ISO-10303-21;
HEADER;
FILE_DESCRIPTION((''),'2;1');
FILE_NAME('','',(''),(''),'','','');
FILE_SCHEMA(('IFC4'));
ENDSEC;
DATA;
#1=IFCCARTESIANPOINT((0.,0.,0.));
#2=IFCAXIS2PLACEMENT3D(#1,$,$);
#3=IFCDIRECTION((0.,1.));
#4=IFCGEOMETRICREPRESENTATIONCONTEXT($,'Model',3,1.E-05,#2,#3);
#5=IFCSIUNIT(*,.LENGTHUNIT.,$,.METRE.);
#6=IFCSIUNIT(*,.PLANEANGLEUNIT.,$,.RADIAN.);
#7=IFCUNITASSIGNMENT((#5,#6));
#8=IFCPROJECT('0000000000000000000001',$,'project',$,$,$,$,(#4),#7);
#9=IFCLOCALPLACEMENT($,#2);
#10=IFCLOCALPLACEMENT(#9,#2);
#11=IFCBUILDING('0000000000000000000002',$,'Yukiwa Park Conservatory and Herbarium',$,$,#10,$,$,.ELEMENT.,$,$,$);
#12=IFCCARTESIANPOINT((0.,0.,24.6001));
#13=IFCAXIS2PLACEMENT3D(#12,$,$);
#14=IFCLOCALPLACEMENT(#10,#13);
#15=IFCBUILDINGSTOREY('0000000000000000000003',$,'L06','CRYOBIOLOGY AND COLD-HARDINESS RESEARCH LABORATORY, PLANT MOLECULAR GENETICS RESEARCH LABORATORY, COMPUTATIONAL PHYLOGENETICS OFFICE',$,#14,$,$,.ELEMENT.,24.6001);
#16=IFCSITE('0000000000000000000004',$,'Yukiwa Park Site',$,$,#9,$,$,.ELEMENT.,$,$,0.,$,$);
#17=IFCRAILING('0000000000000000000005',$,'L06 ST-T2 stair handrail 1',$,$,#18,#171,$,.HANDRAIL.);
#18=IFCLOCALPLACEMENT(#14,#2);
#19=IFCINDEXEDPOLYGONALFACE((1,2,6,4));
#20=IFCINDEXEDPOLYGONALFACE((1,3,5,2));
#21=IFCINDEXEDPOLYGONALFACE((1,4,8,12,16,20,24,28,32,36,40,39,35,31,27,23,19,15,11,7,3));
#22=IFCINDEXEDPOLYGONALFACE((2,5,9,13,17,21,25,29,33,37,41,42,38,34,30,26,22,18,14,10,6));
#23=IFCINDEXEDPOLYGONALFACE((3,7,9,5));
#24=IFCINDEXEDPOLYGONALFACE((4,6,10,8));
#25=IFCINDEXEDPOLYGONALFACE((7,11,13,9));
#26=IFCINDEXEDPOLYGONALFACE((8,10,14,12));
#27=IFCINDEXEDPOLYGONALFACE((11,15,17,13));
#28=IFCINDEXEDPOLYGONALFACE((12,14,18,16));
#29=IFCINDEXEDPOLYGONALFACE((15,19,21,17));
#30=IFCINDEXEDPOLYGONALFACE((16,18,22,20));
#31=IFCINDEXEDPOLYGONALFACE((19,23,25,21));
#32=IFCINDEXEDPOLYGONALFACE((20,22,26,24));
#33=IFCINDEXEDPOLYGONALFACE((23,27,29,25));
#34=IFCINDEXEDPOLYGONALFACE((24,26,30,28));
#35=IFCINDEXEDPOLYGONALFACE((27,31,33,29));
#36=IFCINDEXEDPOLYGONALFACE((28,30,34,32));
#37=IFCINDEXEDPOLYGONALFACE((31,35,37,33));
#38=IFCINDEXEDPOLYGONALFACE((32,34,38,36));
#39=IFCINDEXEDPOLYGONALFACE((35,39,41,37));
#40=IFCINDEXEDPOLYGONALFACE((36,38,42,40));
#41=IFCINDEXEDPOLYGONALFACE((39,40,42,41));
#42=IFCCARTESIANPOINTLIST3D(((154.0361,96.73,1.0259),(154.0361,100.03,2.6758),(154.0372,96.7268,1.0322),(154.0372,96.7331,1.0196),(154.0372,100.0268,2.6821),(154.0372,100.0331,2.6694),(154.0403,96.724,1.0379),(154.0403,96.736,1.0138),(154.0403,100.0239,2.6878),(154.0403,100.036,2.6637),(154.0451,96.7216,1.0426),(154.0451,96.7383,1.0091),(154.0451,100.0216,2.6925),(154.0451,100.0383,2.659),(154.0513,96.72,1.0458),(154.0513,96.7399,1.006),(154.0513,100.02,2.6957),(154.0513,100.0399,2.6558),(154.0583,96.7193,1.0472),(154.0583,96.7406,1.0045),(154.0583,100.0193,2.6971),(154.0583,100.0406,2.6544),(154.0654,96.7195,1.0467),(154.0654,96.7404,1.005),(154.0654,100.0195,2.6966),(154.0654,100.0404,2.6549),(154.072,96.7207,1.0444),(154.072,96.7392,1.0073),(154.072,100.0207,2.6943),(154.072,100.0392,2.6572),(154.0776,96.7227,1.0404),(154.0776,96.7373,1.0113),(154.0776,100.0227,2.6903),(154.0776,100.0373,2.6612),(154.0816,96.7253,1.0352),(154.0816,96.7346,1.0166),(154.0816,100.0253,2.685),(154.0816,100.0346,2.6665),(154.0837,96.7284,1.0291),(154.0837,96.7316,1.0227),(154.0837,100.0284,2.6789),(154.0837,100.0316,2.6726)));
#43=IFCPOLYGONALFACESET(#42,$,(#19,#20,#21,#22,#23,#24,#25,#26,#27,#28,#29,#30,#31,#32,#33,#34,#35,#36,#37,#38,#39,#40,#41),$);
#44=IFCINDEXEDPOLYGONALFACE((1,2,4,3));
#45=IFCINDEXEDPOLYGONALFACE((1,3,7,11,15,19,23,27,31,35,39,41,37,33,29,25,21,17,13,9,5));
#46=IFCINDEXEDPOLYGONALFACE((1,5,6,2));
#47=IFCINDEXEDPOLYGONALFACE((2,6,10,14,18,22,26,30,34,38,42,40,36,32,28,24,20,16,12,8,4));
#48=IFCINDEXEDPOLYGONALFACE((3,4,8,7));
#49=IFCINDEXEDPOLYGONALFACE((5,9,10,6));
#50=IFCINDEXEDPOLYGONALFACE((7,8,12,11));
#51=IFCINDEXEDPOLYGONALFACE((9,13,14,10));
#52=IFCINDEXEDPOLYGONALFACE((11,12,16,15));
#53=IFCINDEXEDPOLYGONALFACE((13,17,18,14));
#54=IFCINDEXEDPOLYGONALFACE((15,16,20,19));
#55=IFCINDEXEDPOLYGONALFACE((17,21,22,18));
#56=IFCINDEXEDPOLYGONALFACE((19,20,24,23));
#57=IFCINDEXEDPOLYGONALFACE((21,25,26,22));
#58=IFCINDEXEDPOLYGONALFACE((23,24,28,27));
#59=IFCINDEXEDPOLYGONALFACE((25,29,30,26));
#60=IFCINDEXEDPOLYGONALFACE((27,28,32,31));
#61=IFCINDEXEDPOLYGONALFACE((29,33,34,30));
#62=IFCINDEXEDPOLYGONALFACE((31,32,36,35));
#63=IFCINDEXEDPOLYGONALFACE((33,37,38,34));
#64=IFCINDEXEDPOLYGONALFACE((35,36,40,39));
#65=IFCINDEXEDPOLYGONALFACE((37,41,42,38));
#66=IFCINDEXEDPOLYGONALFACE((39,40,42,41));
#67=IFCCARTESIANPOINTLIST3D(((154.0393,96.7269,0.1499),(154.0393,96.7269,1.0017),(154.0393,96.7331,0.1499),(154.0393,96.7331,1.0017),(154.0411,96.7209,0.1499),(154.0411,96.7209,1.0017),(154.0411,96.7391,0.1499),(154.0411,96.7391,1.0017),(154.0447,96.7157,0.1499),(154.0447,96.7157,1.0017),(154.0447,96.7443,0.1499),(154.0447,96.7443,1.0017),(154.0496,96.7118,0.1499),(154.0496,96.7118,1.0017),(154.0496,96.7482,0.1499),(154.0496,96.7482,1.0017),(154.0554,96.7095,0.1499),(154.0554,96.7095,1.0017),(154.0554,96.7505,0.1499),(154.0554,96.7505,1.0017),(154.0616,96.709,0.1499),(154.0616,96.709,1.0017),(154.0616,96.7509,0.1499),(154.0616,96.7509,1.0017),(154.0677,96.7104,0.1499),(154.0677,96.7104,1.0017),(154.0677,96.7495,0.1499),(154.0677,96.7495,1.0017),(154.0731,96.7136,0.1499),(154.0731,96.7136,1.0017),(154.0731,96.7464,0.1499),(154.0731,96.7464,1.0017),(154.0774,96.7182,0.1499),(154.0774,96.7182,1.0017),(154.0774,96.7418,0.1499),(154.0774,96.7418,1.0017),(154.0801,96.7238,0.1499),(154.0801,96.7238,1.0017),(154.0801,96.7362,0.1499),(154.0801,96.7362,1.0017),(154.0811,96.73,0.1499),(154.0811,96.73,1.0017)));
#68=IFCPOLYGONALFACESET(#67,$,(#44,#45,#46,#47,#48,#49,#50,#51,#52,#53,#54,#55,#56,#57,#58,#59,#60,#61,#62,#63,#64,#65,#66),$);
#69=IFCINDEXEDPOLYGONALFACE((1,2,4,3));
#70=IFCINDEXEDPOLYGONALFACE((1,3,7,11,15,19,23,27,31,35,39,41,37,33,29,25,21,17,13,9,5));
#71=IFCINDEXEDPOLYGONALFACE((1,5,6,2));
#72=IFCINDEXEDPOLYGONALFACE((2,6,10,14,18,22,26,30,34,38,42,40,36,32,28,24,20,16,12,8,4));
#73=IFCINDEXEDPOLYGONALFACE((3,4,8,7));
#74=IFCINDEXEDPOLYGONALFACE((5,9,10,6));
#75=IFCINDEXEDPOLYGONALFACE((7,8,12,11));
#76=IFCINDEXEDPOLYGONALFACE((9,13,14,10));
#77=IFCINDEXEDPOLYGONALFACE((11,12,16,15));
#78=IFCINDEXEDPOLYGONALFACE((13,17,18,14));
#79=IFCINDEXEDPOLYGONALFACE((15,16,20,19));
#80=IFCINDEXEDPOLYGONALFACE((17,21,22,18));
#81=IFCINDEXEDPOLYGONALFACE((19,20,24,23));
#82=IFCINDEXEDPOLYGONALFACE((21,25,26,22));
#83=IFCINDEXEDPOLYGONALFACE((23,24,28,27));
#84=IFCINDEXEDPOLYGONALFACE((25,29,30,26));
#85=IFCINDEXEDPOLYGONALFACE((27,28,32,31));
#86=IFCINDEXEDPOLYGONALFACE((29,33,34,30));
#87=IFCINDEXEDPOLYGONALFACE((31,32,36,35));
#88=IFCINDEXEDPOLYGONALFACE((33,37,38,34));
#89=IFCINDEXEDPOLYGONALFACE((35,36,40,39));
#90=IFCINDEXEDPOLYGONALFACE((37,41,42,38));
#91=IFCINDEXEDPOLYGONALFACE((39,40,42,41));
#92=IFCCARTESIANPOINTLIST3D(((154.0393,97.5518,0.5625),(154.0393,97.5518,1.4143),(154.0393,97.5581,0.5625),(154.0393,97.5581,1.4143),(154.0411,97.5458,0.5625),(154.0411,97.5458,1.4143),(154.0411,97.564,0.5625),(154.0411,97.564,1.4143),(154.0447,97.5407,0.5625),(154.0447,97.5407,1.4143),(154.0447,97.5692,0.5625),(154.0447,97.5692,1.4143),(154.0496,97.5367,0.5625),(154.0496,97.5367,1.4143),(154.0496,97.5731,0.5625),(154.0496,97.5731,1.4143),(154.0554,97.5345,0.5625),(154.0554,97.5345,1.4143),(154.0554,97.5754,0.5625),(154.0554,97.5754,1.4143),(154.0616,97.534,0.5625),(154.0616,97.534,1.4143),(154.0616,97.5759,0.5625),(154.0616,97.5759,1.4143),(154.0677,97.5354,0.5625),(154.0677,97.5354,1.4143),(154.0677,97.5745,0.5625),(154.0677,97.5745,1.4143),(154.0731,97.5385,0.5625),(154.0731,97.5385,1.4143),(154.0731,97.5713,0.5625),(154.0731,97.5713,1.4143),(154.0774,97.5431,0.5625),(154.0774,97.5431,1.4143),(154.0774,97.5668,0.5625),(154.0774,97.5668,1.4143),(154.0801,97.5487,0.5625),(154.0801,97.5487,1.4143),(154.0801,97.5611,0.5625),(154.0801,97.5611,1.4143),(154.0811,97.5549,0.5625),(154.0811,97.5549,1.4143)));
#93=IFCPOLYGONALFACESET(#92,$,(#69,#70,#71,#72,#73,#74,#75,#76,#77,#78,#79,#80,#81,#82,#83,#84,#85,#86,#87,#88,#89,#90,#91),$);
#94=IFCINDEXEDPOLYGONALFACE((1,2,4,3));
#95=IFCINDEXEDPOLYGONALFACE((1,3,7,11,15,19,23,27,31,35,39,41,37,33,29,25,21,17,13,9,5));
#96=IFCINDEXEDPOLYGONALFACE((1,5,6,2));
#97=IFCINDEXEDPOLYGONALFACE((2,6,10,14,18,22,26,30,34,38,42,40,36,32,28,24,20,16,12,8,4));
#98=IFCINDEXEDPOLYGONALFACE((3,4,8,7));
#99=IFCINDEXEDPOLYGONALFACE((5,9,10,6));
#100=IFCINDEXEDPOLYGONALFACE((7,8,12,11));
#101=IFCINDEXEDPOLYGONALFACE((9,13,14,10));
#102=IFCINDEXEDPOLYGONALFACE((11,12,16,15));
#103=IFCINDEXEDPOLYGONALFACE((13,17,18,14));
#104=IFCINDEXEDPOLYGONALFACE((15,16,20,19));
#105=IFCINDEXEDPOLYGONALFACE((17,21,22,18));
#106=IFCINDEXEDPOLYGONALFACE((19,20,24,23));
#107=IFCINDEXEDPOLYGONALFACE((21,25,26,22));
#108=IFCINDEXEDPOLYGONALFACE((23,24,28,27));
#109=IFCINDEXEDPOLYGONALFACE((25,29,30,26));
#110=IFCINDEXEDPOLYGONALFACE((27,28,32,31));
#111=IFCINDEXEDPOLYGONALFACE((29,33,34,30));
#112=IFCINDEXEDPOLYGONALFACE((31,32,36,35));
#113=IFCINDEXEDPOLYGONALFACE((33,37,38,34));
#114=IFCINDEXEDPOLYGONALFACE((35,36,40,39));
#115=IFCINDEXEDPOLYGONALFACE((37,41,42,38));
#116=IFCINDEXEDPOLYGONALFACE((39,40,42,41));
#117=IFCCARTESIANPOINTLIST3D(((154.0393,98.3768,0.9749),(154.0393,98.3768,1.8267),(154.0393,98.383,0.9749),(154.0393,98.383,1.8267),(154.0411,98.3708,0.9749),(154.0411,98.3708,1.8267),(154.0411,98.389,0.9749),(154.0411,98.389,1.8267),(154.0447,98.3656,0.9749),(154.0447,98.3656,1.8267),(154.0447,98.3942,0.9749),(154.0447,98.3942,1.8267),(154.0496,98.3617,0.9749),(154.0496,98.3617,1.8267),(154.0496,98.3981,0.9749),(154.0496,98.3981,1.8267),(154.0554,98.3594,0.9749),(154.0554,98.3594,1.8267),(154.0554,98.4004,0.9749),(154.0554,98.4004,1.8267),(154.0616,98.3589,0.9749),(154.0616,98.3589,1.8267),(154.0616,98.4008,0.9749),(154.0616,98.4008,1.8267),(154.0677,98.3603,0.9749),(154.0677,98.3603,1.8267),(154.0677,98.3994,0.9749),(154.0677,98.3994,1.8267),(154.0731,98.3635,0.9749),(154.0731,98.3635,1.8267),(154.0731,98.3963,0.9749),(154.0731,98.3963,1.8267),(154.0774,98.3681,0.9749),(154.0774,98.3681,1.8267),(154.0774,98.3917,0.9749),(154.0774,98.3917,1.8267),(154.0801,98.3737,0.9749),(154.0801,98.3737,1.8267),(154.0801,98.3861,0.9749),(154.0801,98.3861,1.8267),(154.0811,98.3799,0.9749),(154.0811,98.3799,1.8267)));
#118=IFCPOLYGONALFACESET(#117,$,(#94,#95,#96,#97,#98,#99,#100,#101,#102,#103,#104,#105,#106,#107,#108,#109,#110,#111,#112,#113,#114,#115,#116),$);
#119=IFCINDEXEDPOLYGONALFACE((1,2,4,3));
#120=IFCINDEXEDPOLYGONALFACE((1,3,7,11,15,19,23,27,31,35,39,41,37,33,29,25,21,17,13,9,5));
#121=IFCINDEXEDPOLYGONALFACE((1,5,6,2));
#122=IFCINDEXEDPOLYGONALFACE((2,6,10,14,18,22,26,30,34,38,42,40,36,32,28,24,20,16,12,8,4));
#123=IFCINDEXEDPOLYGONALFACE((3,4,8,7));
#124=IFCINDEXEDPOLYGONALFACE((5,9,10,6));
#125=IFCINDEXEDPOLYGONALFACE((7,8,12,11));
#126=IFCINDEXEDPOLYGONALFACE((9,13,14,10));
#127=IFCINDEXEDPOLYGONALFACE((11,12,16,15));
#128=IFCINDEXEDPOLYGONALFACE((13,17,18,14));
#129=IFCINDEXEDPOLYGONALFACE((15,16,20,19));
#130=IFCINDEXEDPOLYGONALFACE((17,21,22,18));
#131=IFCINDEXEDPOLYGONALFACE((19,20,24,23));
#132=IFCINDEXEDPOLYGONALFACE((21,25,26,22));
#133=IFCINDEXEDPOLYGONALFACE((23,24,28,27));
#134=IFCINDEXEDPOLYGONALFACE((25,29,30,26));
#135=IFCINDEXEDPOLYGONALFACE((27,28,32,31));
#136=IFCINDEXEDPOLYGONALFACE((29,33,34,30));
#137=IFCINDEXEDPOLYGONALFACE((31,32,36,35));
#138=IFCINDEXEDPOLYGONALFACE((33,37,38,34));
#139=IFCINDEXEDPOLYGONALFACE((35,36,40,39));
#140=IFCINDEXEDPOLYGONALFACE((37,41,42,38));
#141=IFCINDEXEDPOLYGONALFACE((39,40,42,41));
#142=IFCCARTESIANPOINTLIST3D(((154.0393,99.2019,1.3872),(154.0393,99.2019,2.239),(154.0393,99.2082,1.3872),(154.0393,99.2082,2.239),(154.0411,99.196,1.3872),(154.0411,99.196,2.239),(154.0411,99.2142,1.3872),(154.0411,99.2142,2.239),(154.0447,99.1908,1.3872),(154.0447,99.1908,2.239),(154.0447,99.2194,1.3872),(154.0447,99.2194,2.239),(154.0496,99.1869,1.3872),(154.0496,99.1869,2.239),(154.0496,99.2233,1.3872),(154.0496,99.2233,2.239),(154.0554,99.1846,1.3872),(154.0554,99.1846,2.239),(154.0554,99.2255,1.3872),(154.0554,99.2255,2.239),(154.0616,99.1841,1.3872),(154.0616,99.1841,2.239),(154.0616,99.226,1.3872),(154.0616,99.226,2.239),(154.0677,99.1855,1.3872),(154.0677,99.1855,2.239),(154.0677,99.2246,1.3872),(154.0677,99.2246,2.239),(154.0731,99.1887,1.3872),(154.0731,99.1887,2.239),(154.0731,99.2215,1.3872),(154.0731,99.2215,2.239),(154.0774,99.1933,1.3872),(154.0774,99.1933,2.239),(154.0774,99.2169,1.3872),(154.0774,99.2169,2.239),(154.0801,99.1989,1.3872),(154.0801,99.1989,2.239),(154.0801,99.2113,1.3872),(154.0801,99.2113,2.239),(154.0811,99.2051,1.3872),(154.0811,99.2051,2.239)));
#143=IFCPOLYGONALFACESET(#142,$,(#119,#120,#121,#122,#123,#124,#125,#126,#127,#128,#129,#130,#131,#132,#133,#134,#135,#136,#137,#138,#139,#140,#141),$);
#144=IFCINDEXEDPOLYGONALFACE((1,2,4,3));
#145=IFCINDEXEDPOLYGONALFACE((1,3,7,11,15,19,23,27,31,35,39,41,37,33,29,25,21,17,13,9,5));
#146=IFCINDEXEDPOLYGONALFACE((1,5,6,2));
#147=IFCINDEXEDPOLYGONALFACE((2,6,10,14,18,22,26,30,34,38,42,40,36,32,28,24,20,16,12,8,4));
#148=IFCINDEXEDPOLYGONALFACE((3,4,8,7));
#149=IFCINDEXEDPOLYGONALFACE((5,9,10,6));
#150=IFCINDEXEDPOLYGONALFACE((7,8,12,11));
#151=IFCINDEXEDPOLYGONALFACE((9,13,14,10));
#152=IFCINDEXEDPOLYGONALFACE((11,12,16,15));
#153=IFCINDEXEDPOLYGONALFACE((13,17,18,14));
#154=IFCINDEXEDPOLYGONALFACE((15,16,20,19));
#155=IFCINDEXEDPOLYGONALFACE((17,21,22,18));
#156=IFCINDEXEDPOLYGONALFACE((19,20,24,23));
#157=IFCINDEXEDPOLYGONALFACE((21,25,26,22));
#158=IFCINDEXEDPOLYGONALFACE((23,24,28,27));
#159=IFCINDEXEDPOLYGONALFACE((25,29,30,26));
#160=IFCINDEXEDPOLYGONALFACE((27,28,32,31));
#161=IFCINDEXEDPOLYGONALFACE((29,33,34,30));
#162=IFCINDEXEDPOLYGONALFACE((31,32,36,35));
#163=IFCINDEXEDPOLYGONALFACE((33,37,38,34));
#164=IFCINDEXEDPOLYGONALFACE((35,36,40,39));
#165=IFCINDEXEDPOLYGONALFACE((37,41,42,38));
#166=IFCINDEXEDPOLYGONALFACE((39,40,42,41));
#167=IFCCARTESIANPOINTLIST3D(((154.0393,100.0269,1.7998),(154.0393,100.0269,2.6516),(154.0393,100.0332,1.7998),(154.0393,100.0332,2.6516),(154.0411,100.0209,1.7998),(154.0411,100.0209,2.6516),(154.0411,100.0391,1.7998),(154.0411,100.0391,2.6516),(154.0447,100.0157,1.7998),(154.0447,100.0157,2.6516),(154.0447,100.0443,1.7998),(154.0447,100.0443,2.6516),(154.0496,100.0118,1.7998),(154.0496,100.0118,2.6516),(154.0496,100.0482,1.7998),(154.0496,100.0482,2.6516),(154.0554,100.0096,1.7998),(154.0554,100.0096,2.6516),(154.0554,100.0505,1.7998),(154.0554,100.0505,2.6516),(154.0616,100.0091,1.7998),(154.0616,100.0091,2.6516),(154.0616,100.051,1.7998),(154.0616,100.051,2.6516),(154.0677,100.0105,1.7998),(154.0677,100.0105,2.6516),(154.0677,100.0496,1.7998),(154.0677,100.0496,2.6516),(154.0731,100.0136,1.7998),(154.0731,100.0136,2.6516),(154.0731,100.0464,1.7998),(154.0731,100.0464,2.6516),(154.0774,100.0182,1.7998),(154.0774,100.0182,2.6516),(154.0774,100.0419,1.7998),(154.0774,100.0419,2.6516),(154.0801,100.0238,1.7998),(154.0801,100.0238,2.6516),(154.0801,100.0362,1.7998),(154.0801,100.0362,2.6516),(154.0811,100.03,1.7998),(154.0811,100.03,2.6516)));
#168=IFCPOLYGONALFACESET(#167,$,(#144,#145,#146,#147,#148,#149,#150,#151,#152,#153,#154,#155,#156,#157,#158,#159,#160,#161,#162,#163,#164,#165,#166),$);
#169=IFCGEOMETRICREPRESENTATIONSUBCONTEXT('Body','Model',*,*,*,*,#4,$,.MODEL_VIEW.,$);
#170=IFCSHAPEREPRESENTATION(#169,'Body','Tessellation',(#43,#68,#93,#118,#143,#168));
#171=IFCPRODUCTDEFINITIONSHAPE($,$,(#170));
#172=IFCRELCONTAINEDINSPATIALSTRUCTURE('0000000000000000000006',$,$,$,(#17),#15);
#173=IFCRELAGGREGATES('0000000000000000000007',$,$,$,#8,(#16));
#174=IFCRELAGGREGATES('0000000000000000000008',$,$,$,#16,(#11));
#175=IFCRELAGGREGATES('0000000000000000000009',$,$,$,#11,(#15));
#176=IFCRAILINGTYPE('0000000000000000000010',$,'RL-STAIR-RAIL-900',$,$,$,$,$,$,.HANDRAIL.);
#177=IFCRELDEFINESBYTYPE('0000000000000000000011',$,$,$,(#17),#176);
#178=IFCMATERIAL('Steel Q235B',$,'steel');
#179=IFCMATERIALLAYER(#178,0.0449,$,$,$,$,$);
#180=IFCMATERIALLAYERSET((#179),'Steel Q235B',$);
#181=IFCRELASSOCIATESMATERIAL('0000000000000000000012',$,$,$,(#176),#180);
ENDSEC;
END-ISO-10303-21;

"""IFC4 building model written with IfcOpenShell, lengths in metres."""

from ifc_helpers import new_model, si_unit, direction, frame, origin, origin_2d, place, context, subcontext, project, spatial, circle, extrude, material, layer, layer_set, type_object, element, save


model = new_model("IFC4")

# Units and contexts
model_context = context("Model", 3, precision=1e-05, world=origin(), true_north=direction((0.0, 1.0)))
body_context = subcontext(model_context, "Body", "Model", "MODEL_VIEW")
ifc_project = project(units=[si_unit("LENGTHUNIT", "METRE"), si_unit("PLANEANGLEUNIT", "RADIAN")], contexts=[model_context])

# Site, building, storey
site_placement = place(None, origin())
site = spatial("IfcSite", under=ifc_project, at=site_placement, Name="Yukiwa Park Site", CompositionType="ELEMENT", RefElevation=0.0)
building_placement = place(site_placement, origin())
building = spatial("IfcBuilding", under=site, at=building_placement, Name="Yukiwa Park Conservatory and Herbarium", CompositionType="ELEMENT")
storey_placement = place(building_placement, frame((0.0, 0.0, 24.6001)))
storey = spatial("IfcBuildingStorey", under=building, at=storey_placement, Name="L06", Description="CRYOBIOLOGY AND COLD-HARDINESS RESEARCH LABORATORY, PLANT MOLECULAR GENETICS RESEARCH LABORATORY, COMPUTATIONAL PHYLOGENETICS OFFICE", CompositionType="ELEMENT", Elevation=24.6001)

# Railing
ifc_material_1 = material(Name="Steel Q235B", Category="steel")
ifc_layer_1 = layer(ifc_material_1, 0.0449)
ifc_layer_set_1 = layer_set([ifc_layer_1], Name="Steel Q235B")
railing_type_1 = type_object("IfcRailingType", Name="RL-STAIR-RAIL-900", PredefinedType="HANDRAIL", material=ifc_layer_set_1)
railing_1_placement = place(storey_placement, frame((154.0601, 96.73, 0.1499)))
element("IfcRailing", 1, at=railing_1_placement, inside=storey, type_object=railing_type_1, Name="L06 ST-T2 stair handrail 1", PredefinedType="HANDRAIL", context=body_context, shape_type="SweptSolid", body=[
    extrude(circle(Radius=0.0239, at=origin_2d()), frame((0.0, 0.0, 0.876), z_axis=(0.0, 0.89444, 0.447187), x_axis=(-1.0, 0.0, 0.0)), (0.0, 0.0, 1.0), 3.6895),
    extrude(circle(Radius=0.021, at=origin_2d()), origin(), (0.0, 0.0, 1.0), 0.8518),
    extrude(circle(Radius=0.021, at=origin_2d()), frame((0.0, 0.825, 0.4126)), (0.0, 0.0, 1.0), 0.8518),
    extrude(circle(Radius=0.021, at=origin_2d()), frame((0.0, 1.6499, 0.825)), (0.0, 0.0, 1.0), 0.8518),
    extrude(circle(Radius=0.021, at=origin_2d()), frame((0.0, 2.4751, 1.2373)), (0.0, 0.0, 1.0), 0.8518),
    extrude(circle(Radius=0.021, at=origin_2d()), frame((0.0, 3.3, 1.6499)), (0.0, 0.0, 1.0), 0.8518),
])

save(model, "model.ifc")
